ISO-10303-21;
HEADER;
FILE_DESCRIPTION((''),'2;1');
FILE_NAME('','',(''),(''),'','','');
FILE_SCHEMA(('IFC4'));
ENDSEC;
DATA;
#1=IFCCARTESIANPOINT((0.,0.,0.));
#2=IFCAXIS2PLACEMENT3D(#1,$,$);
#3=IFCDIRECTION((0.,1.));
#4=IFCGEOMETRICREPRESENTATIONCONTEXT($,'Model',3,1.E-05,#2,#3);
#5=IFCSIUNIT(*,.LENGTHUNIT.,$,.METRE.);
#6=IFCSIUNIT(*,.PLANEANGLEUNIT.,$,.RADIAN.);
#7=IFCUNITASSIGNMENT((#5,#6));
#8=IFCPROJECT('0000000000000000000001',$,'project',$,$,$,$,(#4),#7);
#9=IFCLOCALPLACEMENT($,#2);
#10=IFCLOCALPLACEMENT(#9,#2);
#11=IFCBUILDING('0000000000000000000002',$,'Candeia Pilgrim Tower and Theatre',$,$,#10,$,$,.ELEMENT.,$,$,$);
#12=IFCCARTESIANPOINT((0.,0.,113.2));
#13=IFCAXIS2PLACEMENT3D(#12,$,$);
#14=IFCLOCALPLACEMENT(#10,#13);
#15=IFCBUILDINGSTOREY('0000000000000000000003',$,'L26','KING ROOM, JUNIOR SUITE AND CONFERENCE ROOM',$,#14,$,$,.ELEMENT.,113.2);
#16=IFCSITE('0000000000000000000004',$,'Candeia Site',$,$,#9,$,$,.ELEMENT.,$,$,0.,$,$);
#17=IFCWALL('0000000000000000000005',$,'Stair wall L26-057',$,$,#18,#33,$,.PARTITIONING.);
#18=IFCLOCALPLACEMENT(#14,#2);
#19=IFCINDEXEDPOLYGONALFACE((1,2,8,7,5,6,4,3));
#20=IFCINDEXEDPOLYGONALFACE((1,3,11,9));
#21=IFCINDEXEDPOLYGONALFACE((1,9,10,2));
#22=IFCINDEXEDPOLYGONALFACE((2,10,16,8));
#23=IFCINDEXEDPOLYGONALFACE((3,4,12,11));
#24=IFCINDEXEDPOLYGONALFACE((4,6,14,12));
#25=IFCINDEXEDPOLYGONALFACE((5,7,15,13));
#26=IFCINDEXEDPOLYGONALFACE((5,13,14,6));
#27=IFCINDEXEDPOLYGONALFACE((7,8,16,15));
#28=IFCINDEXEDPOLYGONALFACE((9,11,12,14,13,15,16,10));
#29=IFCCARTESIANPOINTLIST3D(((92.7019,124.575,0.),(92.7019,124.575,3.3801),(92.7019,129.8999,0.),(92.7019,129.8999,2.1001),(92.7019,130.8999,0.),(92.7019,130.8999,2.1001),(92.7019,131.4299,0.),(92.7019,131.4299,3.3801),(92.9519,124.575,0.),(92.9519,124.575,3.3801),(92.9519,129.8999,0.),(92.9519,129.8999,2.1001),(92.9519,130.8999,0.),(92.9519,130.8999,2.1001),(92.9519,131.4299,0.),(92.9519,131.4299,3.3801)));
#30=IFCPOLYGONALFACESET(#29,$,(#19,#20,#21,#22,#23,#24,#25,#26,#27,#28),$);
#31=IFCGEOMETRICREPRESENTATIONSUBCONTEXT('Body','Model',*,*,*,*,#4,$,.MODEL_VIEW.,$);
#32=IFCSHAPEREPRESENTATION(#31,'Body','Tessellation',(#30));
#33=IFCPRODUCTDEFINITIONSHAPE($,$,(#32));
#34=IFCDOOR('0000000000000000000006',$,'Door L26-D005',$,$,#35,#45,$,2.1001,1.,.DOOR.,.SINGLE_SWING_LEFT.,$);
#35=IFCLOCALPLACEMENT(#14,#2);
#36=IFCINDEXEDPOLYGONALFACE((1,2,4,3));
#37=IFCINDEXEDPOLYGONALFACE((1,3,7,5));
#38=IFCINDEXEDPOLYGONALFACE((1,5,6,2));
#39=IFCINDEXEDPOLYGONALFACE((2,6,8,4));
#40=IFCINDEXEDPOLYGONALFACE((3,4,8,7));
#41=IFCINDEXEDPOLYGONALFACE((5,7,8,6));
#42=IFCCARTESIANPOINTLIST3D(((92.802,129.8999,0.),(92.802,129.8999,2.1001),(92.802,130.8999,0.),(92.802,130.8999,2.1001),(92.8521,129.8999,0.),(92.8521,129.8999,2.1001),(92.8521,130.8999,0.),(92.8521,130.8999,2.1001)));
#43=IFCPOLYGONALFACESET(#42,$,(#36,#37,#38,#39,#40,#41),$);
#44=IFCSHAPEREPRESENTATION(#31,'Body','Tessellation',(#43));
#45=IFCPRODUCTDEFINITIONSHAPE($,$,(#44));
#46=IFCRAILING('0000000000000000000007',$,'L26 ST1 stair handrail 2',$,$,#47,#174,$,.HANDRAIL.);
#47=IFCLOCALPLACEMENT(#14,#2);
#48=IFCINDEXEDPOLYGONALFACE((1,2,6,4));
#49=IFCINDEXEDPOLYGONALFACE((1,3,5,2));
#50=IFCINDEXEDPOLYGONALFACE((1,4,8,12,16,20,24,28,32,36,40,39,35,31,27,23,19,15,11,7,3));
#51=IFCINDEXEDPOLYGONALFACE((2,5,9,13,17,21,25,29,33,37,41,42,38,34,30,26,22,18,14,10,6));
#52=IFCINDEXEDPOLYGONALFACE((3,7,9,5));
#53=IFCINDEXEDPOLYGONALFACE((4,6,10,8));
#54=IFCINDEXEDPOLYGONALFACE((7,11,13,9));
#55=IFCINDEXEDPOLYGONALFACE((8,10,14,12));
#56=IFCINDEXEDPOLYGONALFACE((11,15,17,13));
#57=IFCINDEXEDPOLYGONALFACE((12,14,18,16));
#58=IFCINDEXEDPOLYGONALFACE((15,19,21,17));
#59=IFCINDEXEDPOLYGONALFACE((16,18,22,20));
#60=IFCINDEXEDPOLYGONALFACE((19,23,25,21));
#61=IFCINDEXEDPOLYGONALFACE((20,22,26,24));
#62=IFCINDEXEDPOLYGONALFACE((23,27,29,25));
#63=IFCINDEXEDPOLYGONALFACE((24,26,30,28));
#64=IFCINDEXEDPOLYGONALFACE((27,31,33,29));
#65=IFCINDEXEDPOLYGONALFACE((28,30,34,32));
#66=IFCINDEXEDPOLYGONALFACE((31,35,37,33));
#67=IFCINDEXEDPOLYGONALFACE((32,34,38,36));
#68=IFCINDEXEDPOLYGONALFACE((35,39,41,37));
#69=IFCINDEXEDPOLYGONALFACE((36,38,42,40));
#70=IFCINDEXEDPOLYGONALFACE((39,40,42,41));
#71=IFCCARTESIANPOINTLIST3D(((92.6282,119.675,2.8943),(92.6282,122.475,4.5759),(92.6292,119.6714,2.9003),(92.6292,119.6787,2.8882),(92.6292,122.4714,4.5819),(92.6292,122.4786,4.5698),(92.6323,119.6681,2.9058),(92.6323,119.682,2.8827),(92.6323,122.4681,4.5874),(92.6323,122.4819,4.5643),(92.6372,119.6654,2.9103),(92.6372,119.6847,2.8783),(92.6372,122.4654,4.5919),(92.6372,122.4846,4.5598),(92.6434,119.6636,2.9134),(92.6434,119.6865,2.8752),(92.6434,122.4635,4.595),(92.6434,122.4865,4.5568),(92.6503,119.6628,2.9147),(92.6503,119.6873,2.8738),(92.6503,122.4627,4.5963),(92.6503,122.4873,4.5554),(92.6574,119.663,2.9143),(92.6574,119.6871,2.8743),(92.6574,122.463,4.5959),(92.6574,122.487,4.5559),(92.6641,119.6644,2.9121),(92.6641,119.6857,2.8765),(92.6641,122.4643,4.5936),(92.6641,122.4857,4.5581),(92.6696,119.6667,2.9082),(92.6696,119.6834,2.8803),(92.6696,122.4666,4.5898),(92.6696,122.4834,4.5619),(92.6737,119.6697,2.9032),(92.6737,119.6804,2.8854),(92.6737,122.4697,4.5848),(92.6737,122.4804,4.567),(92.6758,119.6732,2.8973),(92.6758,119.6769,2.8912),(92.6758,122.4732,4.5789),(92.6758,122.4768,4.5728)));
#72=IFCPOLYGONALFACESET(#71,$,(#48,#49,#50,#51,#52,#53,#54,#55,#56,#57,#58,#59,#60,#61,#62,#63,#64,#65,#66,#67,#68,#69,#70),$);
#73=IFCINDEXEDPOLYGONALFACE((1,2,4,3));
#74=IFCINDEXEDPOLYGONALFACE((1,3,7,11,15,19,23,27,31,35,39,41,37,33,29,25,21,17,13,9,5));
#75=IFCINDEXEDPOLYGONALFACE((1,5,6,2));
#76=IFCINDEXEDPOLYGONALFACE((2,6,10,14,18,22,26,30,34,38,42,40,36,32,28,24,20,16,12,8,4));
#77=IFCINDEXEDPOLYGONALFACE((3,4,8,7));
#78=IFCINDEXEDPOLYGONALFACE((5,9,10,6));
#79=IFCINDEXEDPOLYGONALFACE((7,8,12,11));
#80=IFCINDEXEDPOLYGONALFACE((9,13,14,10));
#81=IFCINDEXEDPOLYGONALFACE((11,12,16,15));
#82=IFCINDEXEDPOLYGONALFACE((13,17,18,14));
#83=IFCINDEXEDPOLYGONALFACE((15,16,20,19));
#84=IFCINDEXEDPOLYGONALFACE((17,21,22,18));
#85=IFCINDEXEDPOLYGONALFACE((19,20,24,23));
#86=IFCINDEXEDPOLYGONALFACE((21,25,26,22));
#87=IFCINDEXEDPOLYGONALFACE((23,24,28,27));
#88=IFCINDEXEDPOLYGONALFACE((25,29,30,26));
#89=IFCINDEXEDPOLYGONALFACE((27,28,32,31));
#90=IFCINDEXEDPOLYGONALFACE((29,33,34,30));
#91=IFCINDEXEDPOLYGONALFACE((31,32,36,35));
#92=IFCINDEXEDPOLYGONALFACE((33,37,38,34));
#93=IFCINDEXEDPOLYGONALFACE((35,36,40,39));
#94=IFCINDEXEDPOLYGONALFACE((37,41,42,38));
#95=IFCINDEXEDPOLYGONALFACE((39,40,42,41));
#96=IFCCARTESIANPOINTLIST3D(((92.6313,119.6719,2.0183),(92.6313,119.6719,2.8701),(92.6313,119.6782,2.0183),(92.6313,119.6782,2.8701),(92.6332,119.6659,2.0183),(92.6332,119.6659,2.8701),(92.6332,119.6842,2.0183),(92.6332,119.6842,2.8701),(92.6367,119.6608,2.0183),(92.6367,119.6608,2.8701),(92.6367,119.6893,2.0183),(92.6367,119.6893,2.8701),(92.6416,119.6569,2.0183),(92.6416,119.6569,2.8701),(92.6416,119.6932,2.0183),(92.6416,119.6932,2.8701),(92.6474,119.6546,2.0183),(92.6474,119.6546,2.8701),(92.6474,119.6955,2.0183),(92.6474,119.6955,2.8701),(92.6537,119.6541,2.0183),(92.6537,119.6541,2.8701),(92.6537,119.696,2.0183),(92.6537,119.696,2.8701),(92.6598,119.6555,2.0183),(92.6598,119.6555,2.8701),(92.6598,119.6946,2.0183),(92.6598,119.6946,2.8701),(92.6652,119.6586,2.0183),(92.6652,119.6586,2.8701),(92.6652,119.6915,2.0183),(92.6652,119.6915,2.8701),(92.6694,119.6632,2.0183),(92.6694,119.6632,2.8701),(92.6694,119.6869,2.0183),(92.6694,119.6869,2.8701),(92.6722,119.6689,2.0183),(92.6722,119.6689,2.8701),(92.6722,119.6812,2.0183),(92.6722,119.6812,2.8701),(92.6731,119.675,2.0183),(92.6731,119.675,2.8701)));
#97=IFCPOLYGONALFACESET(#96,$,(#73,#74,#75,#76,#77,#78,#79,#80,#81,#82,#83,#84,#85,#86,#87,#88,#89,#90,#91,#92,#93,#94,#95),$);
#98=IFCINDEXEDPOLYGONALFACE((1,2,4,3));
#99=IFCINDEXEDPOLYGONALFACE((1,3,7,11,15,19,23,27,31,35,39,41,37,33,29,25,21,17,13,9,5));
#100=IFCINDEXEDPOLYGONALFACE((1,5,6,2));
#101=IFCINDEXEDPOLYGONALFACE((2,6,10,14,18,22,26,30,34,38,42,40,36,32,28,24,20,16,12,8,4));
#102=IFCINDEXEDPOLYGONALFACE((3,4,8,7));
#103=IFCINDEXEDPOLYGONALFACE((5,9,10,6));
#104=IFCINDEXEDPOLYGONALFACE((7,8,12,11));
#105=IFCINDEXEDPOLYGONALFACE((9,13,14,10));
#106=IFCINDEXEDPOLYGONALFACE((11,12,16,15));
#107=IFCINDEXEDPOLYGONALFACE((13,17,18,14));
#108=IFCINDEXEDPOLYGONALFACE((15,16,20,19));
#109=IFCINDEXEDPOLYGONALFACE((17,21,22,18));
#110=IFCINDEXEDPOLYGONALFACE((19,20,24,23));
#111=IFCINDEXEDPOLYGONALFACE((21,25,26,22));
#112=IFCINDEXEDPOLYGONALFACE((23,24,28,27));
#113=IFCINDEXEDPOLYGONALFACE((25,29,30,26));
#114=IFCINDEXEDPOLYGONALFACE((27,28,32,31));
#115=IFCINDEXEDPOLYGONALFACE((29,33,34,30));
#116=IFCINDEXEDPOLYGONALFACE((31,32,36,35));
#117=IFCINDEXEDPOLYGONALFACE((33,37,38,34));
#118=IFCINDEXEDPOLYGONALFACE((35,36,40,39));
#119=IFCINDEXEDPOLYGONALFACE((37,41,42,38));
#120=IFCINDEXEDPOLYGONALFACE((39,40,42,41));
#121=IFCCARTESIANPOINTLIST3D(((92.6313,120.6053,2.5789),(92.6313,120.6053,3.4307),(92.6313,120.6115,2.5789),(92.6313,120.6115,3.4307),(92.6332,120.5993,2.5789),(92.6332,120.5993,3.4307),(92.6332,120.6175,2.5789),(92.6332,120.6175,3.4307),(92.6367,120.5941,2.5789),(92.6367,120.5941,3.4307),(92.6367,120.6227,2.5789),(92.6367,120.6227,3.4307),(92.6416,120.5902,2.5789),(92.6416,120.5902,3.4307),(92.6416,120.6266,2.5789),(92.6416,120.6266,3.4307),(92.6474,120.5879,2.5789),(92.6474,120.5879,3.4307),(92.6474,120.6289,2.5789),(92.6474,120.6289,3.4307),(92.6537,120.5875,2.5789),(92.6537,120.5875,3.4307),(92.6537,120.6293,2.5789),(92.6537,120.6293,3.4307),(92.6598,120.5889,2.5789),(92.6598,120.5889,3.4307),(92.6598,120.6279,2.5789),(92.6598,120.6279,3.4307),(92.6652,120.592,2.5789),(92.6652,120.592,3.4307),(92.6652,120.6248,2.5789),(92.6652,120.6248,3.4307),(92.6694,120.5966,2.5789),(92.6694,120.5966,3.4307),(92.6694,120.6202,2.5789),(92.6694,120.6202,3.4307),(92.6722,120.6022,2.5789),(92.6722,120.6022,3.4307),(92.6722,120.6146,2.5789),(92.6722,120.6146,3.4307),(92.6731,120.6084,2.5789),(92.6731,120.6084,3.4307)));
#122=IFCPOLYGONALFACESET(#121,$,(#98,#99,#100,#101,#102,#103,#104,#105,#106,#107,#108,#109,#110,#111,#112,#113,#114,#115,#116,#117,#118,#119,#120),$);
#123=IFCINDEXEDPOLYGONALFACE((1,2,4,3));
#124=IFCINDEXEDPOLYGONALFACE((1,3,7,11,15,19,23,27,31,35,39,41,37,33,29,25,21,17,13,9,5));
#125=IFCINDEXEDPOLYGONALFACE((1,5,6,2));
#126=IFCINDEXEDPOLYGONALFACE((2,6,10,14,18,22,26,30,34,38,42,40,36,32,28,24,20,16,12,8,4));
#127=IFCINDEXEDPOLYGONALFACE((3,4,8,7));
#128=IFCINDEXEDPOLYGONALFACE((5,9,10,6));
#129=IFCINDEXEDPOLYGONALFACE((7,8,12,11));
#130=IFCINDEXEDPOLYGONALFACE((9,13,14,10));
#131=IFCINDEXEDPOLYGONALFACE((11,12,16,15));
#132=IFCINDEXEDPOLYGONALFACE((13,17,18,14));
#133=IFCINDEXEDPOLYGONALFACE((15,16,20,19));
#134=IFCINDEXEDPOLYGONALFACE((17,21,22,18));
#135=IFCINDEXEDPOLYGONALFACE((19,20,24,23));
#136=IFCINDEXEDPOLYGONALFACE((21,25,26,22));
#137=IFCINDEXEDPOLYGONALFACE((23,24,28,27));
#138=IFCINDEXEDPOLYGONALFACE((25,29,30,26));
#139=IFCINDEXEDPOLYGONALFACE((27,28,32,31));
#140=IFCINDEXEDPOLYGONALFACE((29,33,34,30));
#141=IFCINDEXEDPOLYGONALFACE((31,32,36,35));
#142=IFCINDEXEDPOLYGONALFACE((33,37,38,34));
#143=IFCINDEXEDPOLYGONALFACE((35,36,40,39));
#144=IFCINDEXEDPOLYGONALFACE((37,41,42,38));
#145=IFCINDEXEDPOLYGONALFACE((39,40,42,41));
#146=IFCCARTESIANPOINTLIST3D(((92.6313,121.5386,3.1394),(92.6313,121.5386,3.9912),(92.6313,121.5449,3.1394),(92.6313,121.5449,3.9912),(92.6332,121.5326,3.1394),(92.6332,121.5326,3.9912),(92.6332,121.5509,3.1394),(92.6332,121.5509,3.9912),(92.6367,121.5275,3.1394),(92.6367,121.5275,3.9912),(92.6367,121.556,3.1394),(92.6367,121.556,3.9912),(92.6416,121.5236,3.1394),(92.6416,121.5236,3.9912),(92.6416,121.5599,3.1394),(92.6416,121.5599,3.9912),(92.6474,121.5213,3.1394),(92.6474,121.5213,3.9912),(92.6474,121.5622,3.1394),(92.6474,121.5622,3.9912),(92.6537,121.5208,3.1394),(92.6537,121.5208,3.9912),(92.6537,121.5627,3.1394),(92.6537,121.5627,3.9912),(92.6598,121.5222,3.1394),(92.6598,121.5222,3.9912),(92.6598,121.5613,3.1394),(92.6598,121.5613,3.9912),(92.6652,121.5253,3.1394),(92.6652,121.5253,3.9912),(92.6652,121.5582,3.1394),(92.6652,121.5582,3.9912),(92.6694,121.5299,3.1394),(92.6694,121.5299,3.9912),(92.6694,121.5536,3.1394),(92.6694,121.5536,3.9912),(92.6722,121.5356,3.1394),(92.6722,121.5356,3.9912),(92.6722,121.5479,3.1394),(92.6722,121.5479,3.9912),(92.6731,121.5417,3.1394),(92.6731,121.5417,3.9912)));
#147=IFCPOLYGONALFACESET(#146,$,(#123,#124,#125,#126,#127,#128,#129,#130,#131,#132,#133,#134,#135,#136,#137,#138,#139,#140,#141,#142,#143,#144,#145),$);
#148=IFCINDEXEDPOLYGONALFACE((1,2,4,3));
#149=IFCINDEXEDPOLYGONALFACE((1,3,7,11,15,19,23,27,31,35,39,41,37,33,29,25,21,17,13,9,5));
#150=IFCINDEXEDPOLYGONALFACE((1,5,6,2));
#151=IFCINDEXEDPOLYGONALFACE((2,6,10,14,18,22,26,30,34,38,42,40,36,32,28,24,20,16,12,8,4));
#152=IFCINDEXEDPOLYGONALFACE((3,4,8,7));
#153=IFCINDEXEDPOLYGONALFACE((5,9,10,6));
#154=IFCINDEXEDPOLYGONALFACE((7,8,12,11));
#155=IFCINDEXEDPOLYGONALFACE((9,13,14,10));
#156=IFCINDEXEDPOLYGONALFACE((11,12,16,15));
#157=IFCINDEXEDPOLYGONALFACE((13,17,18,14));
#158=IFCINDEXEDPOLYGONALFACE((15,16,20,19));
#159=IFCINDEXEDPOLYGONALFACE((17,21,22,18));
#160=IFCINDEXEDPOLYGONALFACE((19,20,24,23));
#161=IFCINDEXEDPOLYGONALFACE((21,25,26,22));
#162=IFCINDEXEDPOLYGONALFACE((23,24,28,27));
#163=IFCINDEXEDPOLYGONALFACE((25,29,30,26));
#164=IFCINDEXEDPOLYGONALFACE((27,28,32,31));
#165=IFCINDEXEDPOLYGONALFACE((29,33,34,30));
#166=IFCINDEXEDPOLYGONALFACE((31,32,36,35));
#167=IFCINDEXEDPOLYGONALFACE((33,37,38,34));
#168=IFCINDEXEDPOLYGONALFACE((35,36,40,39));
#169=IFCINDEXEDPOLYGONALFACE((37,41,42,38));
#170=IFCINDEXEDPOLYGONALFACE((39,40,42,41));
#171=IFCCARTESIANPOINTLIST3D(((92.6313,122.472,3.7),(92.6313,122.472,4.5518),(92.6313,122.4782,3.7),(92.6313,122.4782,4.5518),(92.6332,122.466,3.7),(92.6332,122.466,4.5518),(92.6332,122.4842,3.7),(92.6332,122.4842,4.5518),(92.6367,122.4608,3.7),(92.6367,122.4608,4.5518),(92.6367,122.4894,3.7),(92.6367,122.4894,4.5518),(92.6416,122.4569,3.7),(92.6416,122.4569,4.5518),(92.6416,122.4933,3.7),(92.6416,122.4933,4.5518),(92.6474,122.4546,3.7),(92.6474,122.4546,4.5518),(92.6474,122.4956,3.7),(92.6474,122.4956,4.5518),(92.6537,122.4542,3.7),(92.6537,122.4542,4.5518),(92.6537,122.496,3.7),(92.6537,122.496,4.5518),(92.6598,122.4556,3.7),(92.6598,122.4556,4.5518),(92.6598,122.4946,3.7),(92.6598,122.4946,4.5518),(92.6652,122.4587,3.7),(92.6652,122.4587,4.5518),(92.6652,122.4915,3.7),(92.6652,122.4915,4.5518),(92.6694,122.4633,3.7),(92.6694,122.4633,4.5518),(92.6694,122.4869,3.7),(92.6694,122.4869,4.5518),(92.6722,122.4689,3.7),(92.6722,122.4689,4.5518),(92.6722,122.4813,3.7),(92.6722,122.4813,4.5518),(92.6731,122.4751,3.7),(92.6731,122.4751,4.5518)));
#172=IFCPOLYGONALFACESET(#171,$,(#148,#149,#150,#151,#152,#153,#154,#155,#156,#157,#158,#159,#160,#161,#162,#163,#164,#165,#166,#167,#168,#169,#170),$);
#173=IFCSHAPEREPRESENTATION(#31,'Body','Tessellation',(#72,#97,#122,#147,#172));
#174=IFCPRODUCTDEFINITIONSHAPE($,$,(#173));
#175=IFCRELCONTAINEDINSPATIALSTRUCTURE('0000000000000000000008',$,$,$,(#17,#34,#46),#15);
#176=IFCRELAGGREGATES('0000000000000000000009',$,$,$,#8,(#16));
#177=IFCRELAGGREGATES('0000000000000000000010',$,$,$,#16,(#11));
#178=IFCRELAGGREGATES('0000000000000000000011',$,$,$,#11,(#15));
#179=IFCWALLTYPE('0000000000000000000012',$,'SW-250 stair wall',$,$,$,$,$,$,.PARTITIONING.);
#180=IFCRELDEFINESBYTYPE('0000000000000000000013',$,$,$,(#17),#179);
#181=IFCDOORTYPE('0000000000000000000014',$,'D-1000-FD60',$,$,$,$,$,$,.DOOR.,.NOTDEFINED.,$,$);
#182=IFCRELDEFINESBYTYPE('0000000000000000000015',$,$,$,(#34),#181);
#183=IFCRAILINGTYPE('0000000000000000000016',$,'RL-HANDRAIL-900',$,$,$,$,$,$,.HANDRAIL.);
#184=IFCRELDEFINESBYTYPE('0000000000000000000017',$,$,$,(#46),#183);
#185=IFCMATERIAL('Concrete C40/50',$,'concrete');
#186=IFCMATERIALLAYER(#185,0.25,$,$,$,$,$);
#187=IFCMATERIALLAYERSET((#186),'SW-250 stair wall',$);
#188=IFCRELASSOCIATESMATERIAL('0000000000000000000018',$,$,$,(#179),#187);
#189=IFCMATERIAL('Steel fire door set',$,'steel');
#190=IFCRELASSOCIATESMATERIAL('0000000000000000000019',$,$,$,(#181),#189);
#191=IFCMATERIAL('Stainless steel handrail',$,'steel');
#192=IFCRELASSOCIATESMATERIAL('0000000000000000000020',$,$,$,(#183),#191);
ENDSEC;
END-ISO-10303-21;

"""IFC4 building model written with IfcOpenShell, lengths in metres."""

from ifc_helpers import new_model, si_unit, direction, frame, frame_2d, origin, origin_2d, place, context, subcontext, project, spatial, rectangle, circle, extrude, material, layer, layer_set, type_object, element, fill, save


model = new_model("IFC4")

# Units and contexts
model_context = context("Model", 3, precision=1e-05, world=origin(), true_north=direction((0.0, 1.0)))
body_context = subcontext(model_context, "Body", "Model", "MODEL_VIEW")
ifc_project = project(units=[si_unit("LENGTHUNIT", "METRE"), si_unit("PLANEANGLEUNIT", "RADIAN")], contexts=[model_context])

# Site, building, storey
site_placement = place(None, origin())
site = spatial("IfcSite", under=ifc_project, at=site_placement, Name="Candeia Site", CompositionType="ELEMENT", RefElevation=0.0)
building_placement = place(site_placement, origin())
building = spatial("IfcBuilding", under=site, at=building_placement, Name="Candeia Pilgrim Tower and Theatre", CompositionType="ELEMENT")
storey_placement = place(building_placement, frame((0.0, 0.0, 113.2)))
storey = spatial("IfcBuildingStorey", under=building, at=storey_placement, Name="L26", Description="KING ROOM, JUNIOR SUITE AND CONFERENCE ROOM", CompositionType="ELEMENT", Elevation=113.2)

# Shared definitions
ifc_material_1 = material(Name="Steel fire door set", Category="steel")

# Shared definitions
ifc_material_2 = material(Name="Concrete C40/50", Category="concrete")

# Wall, opening, door
ifc_layer_1 = layer(ifc_material_2, 0.25)
ifc_layer_set_1 = layer_set([ifc_layer_1], Name="SW-250 stair wall")
wall_type_1 = type_object("IfcWallType", Name="SW-250 stair wall", PredefinedType="PARTITIONING", material=ifc_layer_set_1)
wall_1_placement = place(storey_placement, frame((92.8269, 124.575, 0.0), z_axis=(0.0, 0.0, 1.0), x_axis=(0.0, 1.0, 0.0)))
wall_1 = element("IfcWall", 1, at=wall_1_placement, inside=storey, type_object=wall_type_1, Name="Stair wall L26-057", PredefinedType="PARTITIONING", context=body_context, shape_type="SweptSolid", body=[
    extrude(rectangle(XDim=6.855, YDim=0.25, at=frame_2d((3.4275, 0.0))), origin(), (0.0, 0.0, 1.0), 3.3801),
])
opening_1_placement = place(wall_1_placement, frame((5.325, 0.0, 0.0)))
opening_1 = element("IfcOpeningElement", 2, at=opening_1_placement, cuts=wall_1, PredefinedType="OPENING", context=body_context, shape_type="SweptSolid", body=[
    extrude(rectangle(XDim=1.0, YDim=2.1001, at=frame_2d((0.5, 1.05))), frame((0.0, 0.135, 0.0), z_axis=(0.0, -1.0, 0.0), x_axis=(1.0, 0.0, 0.0)), (0.0, 0.0, 1.0), 0.27),
])
door_type_1 = type_object("IfcDoorType", Name="D-1000-FD60", OperationType="NOTDEFINED", PredefinedType="DOOR", material=ifc_material_1)
door_1_placement = place(opening_1_placement, origin())
door_1 = element("IfcDoor", 3, at=door_1_placement, inside=storey, type_object=door_type_1, Name="Door L26-D005", OperationType="SINGLE_SWING_LEFT", OverallHeight=2.1001, OverallWidth=1.0, PredefinedType="DOOR", context=body_context, shape_type="SweptSolid", body=[
    extrude(rectangle(XDim=1.0, YDim=2.1001, at=frame_2d((0.5, 1.05))), frame((0.0, 0.0249, 0.0), z_axis=(0.0, -1.0, 0.0), x_axis=(1.0, 0.0, 0.0)), (0.0, 0.0, 1.0), 0.05),
])
fill(opening_1, door_1)

# Railing
ifc_material_3 = material(Name="Stainless steel handrail", Category="steel")
railing_type = type_object("IfcRailingType", Name="RL-HANDRAIL-900", PredefinedType="HANDRAIL", material=ifc_material_3)
for number, where, name in (
    (4, (92.6521, 119.675, 2.0183), "L26 ST1 stair handrail 2"),
):
    element("IfcRailing", number, at=place(storey_placement, frame(where)), inside=storey, type_object=railing_type, Name=name, PredefinedType="HANDRAIL", context=body_context, shape_type="SweptSolid", body=[
        extrude(circle(Radius=0.0239, at=origin_2d()), frame((0.0, 0.0, 0.876), z_axis=(0.0, 0.857275, 0.514858), x_axis=(-1.0, 0.0, 0.0)), (0.0, 0.0, 1.0), 3.2661),
        extrude(circle(Radius=0.021, at=origin_2d()), origin(), (0.0, 0.0, 1.0), 0.8518),
        extrude(circle(Radius=0.021, at=origin_2d()), frame((0.0, 0.9333, 0.5605)), (0.0, 0.0, 1.0), 0.8518),
        extrude(circle(Radius=0.021, at=origin_2d()), frame((0.0, 1.8667, 1.1211)), (0.0, 0.0, 1.0), 0.8518),
        extrude(circle(Radius=0.021, at=origin_2d()), frame((0.0, 2.8, 1.6816)), (0.0, 0.0, 1.0), 0.8518),
    ])

save(model, "model.ifc")
